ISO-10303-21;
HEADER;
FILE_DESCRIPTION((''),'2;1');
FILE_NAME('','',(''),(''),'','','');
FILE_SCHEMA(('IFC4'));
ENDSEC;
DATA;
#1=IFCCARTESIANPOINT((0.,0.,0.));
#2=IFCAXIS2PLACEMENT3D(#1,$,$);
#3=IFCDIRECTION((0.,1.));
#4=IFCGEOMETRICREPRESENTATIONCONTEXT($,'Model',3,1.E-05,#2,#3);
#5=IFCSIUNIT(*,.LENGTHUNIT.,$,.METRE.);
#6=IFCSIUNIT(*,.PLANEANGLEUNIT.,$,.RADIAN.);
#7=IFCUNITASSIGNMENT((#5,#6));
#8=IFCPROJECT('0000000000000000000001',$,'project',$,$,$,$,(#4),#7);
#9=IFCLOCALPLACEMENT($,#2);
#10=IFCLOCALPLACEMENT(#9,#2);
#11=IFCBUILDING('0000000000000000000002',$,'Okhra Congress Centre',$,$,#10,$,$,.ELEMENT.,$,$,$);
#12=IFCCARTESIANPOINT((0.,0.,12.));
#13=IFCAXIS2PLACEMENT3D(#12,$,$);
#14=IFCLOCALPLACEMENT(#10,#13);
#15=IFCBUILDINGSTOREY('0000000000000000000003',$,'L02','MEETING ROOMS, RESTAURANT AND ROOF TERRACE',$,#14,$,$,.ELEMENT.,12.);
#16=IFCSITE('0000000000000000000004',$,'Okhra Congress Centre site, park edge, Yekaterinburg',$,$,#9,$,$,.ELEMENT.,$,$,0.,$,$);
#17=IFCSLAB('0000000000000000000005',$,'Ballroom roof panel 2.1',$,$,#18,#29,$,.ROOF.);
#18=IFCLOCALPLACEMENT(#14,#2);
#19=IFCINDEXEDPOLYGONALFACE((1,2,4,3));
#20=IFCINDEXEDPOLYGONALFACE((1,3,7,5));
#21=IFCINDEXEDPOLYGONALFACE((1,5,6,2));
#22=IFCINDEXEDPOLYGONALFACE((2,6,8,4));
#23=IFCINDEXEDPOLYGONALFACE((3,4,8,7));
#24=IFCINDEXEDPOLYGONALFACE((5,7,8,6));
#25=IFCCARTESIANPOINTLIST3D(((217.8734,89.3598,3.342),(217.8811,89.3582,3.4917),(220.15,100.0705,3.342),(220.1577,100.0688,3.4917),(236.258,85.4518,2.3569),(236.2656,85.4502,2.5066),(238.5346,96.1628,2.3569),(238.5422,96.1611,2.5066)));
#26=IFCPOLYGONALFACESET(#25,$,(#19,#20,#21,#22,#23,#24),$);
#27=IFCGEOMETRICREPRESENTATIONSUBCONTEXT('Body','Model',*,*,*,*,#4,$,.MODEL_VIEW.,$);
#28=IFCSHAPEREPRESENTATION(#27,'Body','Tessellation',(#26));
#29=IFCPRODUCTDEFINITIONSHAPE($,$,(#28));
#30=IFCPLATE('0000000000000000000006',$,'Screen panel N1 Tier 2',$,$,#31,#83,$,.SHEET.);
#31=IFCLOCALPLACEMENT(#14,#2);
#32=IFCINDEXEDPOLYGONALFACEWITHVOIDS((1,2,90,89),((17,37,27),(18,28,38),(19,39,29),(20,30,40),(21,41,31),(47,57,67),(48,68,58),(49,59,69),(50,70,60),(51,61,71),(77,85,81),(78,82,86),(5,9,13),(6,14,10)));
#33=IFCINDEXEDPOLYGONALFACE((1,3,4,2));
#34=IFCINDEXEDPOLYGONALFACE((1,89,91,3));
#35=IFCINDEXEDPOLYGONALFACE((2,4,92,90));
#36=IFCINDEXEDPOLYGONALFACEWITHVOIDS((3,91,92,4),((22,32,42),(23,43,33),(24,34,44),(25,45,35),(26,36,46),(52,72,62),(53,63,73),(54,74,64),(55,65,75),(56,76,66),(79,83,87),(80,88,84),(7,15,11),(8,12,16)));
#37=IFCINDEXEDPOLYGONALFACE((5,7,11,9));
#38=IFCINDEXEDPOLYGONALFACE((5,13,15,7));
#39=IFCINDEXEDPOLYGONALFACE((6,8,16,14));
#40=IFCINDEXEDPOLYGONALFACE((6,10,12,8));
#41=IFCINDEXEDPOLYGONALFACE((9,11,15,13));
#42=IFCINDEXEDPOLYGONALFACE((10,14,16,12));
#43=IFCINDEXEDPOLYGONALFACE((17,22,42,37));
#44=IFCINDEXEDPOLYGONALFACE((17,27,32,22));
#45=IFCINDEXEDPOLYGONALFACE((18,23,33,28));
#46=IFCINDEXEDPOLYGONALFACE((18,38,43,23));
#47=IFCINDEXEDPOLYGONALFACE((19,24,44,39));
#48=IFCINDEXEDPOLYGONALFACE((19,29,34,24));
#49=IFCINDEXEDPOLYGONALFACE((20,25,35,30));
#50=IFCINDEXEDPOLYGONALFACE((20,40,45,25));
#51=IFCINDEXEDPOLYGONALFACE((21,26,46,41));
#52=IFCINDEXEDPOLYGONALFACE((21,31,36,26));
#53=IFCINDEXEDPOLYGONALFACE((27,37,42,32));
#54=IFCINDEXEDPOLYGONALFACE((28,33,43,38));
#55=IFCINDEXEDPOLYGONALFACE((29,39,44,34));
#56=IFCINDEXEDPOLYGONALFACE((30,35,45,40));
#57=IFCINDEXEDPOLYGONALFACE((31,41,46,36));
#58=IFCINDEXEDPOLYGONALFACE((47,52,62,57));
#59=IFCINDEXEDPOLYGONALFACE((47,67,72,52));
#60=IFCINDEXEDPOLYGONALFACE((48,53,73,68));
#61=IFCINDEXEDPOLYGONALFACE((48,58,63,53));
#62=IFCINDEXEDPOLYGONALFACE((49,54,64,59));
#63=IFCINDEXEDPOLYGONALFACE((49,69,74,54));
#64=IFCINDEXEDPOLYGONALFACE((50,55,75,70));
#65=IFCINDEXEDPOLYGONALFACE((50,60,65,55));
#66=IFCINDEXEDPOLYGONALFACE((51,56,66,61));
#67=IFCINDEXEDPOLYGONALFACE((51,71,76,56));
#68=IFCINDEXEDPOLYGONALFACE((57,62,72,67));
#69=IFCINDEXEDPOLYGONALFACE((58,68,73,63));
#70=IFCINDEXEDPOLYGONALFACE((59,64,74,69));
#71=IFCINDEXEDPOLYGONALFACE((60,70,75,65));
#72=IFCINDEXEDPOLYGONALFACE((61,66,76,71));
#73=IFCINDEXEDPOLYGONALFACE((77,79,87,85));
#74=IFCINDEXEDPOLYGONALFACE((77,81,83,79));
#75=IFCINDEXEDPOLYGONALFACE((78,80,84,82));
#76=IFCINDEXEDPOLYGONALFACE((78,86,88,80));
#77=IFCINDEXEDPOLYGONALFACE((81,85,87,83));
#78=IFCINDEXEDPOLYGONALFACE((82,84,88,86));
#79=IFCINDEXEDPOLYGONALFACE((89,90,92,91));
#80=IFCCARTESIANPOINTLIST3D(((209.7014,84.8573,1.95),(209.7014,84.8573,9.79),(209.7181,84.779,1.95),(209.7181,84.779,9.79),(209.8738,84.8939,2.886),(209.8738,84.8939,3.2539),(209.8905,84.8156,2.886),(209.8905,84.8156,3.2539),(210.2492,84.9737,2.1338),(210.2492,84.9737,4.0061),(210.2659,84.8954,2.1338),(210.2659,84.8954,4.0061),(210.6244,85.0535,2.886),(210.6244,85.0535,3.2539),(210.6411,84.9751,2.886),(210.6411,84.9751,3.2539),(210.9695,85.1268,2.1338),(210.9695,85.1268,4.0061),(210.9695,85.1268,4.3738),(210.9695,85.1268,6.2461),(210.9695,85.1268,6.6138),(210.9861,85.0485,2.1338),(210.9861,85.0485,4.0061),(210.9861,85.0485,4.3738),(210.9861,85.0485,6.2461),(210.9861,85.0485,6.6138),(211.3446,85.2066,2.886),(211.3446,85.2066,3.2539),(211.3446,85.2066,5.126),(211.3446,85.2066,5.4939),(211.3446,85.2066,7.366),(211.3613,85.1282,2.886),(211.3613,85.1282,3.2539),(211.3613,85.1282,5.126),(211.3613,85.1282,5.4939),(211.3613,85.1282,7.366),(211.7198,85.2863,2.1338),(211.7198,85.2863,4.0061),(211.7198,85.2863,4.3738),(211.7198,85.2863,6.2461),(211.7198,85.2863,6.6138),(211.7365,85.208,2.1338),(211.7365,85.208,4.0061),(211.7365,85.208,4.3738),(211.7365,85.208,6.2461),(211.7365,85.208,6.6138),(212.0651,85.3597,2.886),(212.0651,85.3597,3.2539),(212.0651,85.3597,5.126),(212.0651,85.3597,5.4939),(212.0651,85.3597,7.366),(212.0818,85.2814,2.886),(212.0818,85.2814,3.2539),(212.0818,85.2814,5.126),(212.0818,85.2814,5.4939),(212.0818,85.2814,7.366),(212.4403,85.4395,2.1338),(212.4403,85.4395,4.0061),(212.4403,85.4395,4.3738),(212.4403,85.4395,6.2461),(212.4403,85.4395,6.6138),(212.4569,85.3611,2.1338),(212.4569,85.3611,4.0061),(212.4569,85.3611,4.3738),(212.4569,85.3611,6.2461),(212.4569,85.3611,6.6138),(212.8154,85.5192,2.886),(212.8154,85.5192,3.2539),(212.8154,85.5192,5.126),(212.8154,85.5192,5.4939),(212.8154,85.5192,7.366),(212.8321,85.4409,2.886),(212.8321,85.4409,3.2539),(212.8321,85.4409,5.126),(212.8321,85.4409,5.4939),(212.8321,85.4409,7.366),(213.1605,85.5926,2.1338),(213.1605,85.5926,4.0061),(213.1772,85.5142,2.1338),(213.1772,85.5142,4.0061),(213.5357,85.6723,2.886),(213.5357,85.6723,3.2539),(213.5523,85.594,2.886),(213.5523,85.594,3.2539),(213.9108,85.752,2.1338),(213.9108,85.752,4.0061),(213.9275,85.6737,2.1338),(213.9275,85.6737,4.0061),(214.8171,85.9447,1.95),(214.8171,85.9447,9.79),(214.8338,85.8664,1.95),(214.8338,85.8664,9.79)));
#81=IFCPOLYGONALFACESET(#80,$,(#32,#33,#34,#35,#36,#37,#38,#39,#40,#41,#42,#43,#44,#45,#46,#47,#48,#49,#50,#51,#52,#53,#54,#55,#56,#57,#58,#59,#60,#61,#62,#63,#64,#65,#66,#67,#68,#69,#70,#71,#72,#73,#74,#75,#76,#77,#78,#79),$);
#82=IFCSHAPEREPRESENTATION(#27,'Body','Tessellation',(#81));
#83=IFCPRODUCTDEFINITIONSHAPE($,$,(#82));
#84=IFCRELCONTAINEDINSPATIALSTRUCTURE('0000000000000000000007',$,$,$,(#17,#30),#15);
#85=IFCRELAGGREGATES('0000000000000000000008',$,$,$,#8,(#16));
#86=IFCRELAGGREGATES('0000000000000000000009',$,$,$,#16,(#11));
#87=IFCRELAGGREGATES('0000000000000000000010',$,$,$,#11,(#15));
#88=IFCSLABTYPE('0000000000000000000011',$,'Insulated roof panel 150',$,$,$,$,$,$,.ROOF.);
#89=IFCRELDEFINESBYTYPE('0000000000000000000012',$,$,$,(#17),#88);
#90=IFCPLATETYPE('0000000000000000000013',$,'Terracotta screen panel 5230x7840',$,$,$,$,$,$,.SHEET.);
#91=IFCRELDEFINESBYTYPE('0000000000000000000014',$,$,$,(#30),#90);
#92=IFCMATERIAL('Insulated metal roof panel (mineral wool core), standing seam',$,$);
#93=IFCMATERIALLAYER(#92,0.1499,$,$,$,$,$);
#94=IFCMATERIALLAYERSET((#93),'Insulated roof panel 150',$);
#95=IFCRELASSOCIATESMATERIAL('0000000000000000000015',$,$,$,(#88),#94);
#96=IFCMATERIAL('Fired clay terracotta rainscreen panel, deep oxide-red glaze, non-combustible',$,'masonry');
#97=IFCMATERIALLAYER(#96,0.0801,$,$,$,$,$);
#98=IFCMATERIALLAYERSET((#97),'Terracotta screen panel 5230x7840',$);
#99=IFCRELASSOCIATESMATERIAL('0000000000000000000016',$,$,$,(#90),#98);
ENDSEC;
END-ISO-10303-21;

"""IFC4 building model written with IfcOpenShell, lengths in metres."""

from ifc_helpers import new_model, si_unit, direction, frame, origin, place, context, subcontext, project, spatial, polyline, outline, extrude, material, layer, layer_set, type_object, element, save


model = new_model("IFC4")

# Units and contexts
model_context = context("Model", 3, precision=1e-05, world=origin(), true_north=direction((0.0, 1.0)))
body_context = subcontext(model_context, "Body", "Model", "MODEL_VIEW")
ifc_project = project(units=[si_unit("LENGTHUNIT", "METRE"), si_unit("PLANEANGLEUNIT", "RADIAN")], contexts=[model_context])

# Site, building, storey
site_placement = place(None, origin())
site = spatial("IfcSite", under=ifc_project, at=site_placement, Name="Okhra Congress Centre site, park edge, Yekaterinburg", CompositionType="ELEMENT", RefElevation=0.0)
building_placement = place(site_placement, origin())
building = spatial("IfcBuilding", under=site, at=building_placement, Name="Okhra Congress Centre", CompositionType="ELEMENT")
storey_placement = place(building_placement, frame((0.0, 0.0, 12.0)))
storey = spatial("IfcBuildingStorey", under=building, at=storey_placement, Name="L02", Description="MEETING ROOMS, RESTAURANT AND ROOF TERRACE", CompositionType="ELEMENT", Elevation=12.0)

# Slab
ifc_material_1 = material(Name="Insulated metal roof panel (mineral wool core), standing seam")
ifc_layer_1 = layer(ifc_material_1, 0.1499)
ifc_layer_set_1 = layer_set([ifc_layer_1], Name="Insulated roof panel 150")
slab_type = type_object("IfcSlabType", Name="Insulated roof panel 150", PredefinedType="ROOF", material=ifc_layer_set_1)
slab_placement = place(storey_placement, frame((217.8811, 89.3582, 3.4917), z_axis=(0.051197, -0.010882, 0.998629), x_axis=(0.976805, -0.207637, -0.052341)))
element("IfcSlab", 1, at=slab_placement, inside=storey, type_object=slab_type, Name="Ballroom roof panel 2.1", PredefinedType="ROOF", context=body_context, shape_type="SweptSolid", body=[
    extrude(outline(polyline([(0.0, 0.0), (18.8211, 0.0), (18.8209, 10.9502), (-0.0001, 10.95), (0.0, 0.0)])), origin(), (0.0, 0.0, -1.0), 0.1499),
])

# Plate
ifc_material_2 = material(Name="Fired clay terracotta rainscreen panel, deep oxide-red glaze, non-combustible", Category="masonry")
ifc_layer_2 = layer(ifc_material_2, 0.0801)
ifc_layer_set_2 = layer_set([ifc_layer_2], Name="Terracotta screen panel 5230x7840")
plate_type_1 = type_object("IfcPlateType", Name="Terracotta screen panel 5230x7840", PredefinedType="SHEET", material=ifc_layer_set_2)
plate_1_placement = place(storey_placement, frame((214.8254, 85.9055, 1.95), z_axis=(0.0, 0.0, 1.0), x_axis=(-0.978147, -0.207916, 0.0)))
element("IfcPlate", 2, at=plate_1_placement, inside=storey, type_object=plate_type_1, Name="Screen panel N1 Tier 2", PredefinedType="SHEET", context=body_context, shape_type="SweptSolid", body=[
    extrude(outline(polyline([(0.0, 0.0), (5.23, 0.0), (5.23, 7.8401), (0.0, 7.8401), (0.0, 0.0)]), holes=[polyline([(0.9265, 0.1838), (1.6936, 0.1838), (1.3101, 0.936), (0.9265, 0.1838)]), polyline([(2.0464, 0.936), (2.4299, 0.1838), (2.8135, 0.936), (2.0464, 0.936)]), polyline([(3.1665, 0.1838), (3.9336, 0.1838), (3.55, 0.936), (3.1665, 0.1838)]), polyline([(4.2864, 0.936), (4.6699, 0.1838), (5.0537, 0.936), (4.2864, 0.936)]), polyline([(0.9265, 2.0562), (1.3101, 1.304), (1.6936, 2.0562), (0.9265, 2.0562)]), polyline([(2.0464, 1.304), (2.8135, 1.304), (2.4299, 2.0562), (2.0464, 1.304)]), polyline([(3.1665, 2.0562), (3.55, 1.304), (3.9336, 2.0562), (3.1665, 2.0562)]), polyline([(4.2864, 1.304), (5.0537, 1.304), (4.6699, 2.0562), (4.2864, 1.304)]), polyline([(2.0464, 3.176), (2.4299, 2.4238), (2.8135, 3.176), (2.0464, 3.176)]), polyline([(3.1665, 2.4238), (3.9336, 2.4238), (3.55, 3.176), (3.1665, 2.4238)]), polyline([(2.0464, 3.5439), (2.8135, 3.5439), (2.4299, 4.2961), (2.0464, 3.5439)]), polyline([(3.1665, 4.2961), (3.55, 3.5439), (3.9336, 4.2961), (3.1665, 4.2961)]), polyline([(2.0464, 5.416), (2.4299, 4.6638), (2.8135, 5.416), (2.0464, 5.416)]), polyline([(3.1665, 4.6638), (3.9336, 4.6638), (3.55, 5.416), (3.1665, 4.6638)])]), frame((0.0, 0.04, 0.0), z_axis=(0.0, -1.0, 0.0), x_axis=(1.0, 0.0, 0.0)), (0.0, 0.0, 1.0), 0.0801),
])

save(model, "model.ifc")
